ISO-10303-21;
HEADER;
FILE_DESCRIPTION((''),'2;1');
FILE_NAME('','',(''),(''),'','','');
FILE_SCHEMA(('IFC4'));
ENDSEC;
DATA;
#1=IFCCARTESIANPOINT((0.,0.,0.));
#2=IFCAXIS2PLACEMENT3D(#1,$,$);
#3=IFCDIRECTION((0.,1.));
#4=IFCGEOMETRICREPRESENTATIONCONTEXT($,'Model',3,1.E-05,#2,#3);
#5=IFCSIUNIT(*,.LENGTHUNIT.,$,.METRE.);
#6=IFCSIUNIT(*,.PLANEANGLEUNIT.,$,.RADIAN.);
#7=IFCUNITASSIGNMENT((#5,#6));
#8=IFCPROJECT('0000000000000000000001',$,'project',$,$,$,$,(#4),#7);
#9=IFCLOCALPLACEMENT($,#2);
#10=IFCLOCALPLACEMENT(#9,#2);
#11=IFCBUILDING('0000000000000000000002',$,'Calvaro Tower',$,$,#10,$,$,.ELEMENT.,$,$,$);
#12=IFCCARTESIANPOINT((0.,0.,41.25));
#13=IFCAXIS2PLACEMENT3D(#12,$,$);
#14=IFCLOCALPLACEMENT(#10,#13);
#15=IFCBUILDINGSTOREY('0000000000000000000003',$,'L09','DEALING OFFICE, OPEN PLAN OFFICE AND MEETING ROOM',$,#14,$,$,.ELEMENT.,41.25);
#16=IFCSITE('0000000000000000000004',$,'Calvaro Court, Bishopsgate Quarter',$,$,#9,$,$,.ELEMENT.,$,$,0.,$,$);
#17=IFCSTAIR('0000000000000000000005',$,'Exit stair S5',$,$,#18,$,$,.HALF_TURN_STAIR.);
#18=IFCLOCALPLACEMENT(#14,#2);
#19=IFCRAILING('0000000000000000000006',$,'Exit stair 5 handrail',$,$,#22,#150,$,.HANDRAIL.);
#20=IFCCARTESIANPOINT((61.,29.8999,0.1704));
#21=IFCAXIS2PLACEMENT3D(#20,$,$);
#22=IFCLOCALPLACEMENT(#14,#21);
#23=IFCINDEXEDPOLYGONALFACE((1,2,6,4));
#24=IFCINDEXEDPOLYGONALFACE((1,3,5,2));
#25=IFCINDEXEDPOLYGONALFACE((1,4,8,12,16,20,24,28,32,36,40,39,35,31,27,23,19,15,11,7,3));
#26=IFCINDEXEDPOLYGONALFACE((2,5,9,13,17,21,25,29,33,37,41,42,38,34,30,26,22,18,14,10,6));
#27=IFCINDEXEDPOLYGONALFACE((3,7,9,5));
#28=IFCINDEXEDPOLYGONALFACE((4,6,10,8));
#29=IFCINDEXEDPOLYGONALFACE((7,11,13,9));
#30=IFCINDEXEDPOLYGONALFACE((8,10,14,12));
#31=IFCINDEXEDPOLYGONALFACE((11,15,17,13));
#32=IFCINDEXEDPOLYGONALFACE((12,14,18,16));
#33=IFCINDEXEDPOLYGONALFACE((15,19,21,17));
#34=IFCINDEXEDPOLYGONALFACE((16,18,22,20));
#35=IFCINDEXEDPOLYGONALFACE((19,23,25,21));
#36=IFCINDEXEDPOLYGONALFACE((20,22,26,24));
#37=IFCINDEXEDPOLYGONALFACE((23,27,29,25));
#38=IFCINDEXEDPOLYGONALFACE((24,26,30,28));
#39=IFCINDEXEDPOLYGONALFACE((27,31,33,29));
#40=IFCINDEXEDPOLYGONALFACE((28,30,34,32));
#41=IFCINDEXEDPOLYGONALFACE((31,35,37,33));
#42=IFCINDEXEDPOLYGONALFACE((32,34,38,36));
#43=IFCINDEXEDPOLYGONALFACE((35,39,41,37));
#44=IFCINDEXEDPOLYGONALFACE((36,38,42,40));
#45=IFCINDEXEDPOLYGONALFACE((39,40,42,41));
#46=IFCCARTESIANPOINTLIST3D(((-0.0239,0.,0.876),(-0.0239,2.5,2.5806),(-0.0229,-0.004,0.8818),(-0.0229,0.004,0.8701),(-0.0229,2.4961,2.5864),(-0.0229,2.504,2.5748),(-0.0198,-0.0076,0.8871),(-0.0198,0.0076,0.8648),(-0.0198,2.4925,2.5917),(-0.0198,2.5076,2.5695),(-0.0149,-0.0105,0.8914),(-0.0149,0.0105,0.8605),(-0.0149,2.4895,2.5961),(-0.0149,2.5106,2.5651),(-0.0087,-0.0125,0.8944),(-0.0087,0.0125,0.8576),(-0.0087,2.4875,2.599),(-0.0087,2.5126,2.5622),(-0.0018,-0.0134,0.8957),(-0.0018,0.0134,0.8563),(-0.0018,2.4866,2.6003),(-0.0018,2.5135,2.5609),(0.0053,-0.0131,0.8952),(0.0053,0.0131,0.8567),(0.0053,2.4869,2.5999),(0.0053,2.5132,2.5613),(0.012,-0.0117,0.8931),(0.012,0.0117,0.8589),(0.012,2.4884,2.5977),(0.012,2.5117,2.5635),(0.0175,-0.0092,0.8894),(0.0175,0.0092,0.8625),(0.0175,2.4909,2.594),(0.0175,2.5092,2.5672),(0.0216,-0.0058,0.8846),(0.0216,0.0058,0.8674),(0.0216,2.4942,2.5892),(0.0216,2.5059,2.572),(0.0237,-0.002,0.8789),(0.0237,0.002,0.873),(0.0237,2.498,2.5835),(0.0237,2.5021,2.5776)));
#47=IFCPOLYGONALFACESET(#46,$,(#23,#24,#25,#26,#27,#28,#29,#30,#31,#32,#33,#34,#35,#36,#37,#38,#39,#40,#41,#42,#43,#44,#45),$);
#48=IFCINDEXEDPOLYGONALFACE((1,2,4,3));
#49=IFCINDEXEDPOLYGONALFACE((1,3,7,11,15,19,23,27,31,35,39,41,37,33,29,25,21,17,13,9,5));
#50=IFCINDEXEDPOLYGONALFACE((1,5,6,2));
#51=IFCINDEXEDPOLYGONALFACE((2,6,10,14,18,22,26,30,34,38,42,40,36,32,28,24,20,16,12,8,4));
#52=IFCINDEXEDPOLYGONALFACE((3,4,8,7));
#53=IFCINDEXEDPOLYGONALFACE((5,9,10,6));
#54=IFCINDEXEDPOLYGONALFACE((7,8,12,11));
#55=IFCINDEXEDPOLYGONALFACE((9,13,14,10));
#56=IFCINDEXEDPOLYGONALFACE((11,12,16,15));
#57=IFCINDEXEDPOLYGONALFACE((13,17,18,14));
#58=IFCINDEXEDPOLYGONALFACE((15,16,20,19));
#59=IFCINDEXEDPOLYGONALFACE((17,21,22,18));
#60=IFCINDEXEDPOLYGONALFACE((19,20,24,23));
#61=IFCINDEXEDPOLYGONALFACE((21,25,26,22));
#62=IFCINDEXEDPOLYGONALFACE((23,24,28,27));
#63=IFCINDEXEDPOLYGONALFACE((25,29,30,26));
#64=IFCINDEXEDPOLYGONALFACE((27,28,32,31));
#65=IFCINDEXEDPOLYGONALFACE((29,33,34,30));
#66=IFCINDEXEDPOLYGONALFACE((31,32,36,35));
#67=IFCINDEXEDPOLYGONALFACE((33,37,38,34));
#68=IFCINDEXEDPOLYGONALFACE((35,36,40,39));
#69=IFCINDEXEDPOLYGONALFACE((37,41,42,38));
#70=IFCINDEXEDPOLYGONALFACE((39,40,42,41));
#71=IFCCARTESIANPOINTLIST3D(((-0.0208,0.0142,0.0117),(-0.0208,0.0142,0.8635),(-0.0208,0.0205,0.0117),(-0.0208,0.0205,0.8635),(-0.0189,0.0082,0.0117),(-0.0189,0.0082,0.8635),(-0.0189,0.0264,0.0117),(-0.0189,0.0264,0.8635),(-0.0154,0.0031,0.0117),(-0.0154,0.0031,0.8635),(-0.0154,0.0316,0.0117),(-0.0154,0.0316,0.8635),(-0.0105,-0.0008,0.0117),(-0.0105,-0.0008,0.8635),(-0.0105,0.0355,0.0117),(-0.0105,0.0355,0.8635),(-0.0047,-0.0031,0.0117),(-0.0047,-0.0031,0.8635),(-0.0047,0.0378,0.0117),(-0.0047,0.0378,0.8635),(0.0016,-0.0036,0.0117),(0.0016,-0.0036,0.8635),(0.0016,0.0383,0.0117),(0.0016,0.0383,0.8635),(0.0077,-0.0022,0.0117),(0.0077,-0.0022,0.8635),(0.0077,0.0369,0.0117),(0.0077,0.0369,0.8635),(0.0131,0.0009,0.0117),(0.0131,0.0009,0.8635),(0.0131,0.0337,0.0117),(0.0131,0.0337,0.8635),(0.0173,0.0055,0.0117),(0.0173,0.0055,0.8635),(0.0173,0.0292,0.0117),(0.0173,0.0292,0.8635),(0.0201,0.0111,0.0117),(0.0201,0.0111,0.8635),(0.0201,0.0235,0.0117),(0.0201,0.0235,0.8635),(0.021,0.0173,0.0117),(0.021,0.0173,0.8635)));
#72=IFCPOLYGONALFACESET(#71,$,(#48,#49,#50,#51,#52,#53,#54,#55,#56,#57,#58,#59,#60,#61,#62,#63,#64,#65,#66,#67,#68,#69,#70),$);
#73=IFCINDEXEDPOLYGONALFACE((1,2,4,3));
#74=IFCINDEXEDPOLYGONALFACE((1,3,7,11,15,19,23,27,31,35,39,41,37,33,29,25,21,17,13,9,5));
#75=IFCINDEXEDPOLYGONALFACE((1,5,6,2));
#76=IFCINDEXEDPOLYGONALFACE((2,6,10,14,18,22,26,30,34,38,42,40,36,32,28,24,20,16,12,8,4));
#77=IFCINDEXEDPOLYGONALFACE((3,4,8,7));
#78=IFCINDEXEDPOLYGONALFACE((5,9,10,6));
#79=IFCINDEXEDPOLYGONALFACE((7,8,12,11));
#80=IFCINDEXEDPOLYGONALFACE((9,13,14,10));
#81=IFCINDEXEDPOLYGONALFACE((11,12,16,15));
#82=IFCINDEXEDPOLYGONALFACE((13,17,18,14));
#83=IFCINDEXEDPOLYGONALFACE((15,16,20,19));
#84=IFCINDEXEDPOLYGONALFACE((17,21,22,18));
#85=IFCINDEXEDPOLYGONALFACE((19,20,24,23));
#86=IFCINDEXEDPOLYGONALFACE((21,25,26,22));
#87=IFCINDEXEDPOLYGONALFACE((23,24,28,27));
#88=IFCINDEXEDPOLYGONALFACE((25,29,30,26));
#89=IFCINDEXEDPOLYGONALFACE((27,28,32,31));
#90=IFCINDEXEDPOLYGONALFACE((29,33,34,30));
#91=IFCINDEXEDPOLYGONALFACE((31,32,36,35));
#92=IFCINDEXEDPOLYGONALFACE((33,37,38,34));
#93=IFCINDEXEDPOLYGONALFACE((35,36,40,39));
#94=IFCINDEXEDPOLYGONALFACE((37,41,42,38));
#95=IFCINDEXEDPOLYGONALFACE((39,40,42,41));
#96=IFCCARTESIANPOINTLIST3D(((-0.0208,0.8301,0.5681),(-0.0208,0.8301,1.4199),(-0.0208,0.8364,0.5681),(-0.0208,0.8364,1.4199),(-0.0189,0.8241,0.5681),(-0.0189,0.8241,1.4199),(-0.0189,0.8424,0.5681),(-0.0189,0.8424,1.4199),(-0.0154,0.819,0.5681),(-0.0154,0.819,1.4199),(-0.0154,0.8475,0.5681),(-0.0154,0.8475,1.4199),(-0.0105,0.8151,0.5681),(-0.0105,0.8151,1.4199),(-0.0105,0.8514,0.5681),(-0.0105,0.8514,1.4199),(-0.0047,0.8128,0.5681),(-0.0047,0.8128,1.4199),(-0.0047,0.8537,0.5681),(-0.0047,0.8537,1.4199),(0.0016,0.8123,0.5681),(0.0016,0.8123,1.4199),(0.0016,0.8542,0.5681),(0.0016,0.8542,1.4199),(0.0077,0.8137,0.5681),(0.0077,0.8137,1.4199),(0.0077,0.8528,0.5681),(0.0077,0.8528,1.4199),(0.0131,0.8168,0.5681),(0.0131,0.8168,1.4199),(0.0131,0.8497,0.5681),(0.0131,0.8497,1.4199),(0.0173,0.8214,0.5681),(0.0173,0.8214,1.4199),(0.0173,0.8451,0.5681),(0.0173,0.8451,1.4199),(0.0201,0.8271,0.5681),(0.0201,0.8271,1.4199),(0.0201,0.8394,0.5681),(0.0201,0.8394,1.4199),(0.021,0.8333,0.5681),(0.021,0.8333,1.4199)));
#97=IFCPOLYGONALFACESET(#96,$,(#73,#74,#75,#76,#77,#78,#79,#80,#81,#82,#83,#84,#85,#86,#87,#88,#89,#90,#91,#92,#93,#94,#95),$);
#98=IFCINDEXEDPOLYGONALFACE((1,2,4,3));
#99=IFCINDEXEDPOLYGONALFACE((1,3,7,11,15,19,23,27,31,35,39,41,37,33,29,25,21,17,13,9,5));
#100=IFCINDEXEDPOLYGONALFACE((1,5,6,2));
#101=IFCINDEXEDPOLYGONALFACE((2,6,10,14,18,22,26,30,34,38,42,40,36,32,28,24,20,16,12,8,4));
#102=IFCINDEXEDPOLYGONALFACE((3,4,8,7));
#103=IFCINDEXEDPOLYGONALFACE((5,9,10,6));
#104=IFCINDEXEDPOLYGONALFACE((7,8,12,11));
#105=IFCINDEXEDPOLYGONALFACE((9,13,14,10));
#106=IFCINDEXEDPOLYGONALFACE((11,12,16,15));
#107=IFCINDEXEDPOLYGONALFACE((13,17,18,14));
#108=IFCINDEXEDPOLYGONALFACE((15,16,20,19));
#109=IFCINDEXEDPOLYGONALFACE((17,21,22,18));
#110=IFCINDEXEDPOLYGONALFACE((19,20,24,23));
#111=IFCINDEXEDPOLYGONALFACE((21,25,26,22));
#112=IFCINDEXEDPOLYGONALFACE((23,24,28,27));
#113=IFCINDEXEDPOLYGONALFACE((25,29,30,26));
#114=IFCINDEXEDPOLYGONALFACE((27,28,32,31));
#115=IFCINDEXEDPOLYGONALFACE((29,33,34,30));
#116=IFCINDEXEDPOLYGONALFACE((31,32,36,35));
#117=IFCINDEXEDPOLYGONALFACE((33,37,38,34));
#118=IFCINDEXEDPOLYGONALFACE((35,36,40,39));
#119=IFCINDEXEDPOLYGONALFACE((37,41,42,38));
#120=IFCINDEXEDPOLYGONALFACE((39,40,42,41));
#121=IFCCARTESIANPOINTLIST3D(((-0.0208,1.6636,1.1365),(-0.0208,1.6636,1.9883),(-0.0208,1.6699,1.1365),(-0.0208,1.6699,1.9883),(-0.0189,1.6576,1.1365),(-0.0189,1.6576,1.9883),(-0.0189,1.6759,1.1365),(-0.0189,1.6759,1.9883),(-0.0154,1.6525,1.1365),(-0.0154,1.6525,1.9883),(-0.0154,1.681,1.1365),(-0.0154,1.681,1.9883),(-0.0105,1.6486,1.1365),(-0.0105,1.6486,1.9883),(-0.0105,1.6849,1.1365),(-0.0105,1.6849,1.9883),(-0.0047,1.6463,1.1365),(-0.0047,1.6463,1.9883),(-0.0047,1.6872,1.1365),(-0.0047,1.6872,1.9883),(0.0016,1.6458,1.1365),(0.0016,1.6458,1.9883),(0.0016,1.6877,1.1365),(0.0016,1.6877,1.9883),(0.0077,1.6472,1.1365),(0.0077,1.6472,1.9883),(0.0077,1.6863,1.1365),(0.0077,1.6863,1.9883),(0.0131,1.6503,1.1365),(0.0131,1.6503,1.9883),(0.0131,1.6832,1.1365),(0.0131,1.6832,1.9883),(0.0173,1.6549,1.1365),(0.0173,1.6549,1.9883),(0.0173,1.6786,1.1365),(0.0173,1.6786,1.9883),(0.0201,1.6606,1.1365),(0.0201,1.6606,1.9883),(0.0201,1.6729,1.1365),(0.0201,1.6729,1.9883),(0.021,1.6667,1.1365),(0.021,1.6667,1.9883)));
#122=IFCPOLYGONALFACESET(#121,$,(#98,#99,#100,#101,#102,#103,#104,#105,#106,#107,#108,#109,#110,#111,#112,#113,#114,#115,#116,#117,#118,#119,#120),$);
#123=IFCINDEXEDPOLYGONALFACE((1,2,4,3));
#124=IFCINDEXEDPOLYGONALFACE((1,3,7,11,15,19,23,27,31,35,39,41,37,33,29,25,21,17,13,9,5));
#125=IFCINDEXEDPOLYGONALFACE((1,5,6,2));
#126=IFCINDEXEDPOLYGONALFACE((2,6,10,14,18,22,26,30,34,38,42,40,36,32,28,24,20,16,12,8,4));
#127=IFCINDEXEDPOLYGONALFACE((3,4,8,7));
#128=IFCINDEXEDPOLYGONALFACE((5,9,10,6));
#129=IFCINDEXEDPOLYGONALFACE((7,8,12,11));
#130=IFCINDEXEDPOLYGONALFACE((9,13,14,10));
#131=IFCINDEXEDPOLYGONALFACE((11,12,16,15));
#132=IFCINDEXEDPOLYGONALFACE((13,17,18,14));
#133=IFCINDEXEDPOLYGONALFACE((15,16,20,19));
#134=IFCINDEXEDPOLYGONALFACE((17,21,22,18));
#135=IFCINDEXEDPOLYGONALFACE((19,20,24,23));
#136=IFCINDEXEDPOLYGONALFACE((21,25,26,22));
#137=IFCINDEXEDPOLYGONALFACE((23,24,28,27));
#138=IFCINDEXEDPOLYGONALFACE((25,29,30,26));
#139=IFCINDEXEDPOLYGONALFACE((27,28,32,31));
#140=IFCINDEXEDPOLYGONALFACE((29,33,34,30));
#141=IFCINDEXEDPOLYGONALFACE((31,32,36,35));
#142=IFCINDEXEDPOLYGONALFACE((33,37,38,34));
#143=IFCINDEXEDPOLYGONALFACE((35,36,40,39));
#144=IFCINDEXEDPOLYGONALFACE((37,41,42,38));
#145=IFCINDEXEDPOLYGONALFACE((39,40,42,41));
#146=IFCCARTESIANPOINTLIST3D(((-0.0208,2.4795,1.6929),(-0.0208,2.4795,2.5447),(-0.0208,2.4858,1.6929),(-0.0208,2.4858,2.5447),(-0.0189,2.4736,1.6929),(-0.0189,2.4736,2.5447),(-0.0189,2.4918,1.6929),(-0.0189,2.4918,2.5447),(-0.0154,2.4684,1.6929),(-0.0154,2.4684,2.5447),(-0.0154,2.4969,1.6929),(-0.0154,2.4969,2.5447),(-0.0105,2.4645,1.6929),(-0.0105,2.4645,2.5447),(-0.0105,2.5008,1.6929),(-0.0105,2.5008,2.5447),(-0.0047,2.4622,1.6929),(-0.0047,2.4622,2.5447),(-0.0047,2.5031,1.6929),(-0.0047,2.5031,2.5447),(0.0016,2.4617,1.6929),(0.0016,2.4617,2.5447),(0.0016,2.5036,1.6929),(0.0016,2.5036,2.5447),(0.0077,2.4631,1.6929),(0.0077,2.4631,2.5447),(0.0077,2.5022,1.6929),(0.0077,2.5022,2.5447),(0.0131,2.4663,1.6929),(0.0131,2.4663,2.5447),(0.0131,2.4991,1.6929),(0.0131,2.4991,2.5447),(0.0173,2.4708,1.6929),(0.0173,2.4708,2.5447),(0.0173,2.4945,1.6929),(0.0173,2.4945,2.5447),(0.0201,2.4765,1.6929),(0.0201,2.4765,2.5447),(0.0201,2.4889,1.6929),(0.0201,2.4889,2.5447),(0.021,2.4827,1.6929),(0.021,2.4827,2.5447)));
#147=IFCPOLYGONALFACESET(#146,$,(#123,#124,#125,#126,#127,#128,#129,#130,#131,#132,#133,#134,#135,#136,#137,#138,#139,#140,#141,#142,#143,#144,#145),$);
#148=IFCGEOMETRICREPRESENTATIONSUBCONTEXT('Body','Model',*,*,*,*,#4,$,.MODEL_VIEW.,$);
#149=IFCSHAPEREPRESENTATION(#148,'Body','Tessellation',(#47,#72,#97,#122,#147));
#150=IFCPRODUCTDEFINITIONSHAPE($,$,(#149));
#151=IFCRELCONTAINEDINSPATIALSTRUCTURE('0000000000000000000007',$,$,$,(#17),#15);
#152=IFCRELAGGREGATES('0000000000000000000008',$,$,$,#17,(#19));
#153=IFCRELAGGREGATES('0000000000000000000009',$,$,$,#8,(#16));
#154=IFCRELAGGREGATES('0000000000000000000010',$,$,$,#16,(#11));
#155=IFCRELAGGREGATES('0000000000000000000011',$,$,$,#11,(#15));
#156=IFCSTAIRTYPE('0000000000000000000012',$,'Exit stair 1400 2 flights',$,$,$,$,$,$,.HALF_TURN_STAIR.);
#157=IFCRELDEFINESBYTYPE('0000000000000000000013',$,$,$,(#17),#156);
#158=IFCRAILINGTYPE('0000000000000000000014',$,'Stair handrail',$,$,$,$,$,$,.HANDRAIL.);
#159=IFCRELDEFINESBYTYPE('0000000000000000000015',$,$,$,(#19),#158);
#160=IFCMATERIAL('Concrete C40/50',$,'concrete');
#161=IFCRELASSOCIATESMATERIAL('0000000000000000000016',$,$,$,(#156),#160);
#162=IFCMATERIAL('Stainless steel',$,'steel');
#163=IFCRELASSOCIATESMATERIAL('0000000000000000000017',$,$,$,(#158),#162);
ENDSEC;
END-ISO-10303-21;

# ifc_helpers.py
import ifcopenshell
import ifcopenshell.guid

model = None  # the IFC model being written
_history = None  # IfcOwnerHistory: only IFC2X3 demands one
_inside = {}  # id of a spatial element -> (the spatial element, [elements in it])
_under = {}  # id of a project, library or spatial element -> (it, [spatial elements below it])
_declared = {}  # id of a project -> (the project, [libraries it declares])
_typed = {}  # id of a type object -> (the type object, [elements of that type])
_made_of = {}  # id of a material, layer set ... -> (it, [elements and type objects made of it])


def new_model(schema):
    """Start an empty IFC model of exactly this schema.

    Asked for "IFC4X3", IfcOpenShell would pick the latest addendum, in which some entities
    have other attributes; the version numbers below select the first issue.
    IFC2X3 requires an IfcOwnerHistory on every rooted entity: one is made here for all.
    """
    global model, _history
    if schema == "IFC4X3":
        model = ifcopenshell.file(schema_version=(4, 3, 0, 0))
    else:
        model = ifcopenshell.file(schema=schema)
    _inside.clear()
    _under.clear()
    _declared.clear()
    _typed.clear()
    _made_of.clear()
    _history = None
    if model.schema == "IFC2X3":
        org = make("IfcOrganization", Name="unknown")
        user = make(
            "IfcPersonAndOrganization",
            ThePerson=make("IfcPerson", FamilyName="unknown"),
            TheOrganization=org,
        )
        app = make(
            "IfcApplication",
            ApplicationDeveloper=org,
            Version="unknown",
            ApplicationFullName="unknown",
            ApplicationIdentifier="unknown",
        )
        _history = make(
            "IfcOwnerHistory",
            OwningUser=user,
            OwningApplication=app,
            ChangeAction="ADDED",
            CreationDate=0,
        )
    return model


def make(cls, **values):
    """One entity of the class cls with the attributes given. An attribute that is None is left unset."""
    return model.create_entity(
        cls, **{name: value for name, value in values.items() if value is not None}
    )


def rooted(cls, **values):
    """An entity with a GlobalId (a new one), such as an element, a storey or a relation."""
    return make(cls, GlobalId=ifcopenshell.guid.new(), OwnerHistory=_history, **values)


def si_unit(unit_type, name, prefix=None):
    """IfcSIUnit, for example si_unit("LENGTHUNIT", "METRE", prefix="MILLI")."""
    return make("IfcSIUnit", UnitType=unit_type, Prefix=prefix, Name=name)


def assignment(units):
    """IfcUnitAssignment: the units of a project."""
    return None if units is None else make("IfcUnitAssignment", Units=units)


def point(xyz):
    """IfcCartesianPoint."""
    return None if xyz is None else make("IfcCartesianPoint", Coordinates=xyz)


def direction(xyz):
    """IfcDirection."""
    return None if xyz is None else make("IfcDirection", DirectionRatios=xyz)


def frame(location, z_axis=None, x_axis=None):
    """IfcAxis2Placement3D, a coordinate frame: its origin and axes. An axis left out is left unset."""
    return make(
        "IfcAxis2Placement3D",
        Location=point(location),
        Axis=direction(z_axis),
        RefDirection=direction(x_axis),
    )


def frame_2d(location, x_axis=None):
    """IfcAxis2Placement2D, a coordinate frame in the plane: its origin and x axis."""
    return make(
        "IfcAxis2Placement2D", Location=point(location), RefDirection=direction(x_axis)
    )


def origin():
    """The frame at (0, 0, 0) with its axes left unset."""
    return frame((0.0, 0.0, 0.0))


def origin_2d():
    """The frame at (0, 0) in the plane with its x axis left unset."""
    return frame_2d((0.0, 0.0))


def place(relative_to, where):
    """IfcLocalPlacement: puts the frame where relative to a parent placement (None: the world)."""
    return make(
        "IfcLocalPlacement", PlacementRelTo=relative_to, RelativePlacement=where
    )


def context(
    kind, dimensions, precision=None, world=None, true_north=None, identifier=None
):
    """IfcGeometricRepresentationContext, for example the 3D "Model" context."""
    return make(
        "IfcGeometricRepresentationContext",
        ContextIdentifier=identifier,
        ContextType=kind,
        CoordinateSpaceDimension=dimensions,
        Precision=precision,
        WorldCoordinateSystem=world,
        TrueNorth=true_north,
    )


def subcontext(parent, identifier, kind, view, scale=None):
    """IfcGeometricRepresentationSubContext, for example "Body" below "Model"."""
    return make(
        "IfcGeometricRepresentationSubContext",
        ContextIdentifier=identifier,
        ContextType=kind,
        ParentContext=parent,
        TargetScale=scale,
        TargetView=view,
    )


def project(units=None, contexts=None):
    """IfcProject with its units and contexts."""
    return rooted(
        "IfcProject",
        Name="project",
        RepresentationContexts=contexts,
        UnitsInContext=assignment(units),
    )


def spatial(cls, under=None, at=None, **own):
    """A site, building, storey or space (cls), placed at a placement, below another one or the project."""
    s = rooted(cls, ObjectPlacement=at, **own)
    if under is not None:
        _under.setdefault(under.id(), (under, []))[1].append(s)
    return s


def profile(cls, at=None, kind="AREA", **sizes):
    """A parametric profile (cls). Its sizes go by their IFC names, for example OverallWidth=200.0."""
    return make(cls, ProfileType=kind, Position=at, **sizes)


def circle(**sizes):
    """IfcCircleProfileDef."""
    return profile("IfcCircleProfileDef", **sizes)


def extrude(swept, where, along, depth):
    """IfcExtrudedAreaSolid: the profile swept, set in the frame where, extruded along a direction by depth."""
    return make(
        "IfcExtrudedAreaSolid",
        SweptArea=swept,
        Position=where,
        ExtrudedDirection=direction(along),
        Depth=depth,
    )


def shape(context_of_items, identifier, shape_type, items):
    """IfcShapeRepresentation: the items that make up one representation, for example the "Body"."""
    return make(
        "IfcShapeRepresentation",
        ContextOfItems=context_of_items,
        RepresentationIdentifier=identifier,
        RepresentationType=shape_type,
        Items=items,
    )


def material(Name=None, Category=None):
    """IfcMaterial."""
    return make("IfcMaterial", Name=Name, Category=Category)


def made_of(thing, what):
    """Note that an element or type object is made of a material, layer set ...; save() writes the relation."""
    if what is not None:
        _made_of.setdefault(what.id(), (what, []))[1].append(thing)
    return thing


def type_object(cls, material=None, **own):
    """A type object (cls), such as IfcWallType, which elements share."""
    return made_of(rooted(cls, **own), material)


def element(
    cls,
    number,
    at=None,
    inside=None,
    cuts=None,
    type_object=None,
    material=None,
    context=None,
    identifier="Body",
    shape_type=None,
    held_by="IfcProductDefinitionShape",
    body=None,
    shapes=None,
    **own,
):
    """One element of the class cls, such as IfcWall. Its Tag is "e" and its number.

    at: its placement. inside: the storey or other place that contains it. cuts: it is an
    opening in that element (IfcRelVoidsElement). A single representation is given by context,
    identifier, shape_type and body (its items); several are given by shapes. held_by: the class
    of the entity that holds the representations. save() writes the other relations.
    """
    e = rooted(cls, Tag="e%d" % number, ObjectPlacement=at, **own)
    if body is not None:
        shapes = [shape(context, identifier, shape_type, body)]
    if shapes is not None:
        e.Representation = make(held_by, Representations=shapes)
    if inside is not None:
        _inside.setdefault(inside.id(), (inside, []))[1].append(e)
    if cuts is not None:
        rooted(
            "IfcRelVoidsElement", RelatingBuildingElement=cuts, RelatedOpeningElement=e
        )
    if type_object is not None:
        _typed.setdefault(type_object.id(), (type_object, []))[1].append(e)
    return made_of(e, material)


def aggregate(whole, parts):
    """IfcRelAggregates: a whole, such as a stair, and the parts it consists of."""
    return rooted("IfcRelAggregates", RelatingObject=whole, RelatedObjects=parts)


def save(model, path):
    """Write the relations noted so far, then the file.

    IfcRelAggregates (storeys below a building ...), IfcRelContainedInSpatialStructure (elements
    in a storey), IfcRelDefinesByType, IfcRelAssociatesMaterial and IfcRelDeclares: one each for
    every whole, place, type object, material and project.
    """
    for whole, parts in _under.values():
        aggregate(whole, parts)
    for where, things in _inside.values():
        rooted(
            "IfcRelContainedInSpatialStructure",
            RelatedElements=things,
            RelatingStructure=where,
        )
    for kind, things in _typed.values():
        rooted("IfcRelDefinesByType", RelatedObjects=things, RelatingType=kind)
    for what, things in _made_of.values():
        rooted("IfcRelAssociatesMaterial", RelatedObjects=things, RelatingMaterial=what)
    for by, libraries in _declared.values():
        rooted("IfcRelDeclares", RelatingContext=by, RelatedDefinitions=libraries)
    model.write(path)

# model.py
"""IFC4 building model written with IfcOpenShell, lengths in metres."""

from ifc_helpers import new_model, si_unit, direction, frame, origin, origin_2d, place, context, subcontext, project, spatial, circle, extrude, material, type_object, element, aggregate, save


model = new_model("IFC4")

# Units and contexts
model_context = context("Model", 3, precision=1e-05, world=origin(), true_north=direction((0.0, 1.0)))
body_context = subcontext(model_context, "Body", "Model", "MODEL_VIEW")
ifc_project = project(units=[si_unit("LENGTHUNIT", "METRE"), si_unit("PLANEANGLEUNIT", "RADIAN")], contexts=[model_context])

# Site, building, storey
site_placement = place(None, origin())
site = spatial("IfcSite", under=ifc_project, at=site_placement, Name="Calvaro Court, Bishopsgate Quarter", CompositionType="ELEMENT", RefElevation=0.0)
building_placement = place(site_placement, origin())
building = spatial("IfcBuilding", under=site, at=building_placement, Name="Calvaro Tower", CompositionType="ELEMENT")
storey_placement = place(building_placement, frame((0.0, 0.0, 41.25)))
storey = spatial("IfcBuildingStorey", under=building, at=storey_placement, Name="L09", Description="DEALING OFFICE, OPEN PLAN OFFICE AND MEETING ROOM", CompositionType="ELEMENT", Elevation=41.25)

# Stair, railing
ifc_material_1 = material(Name="Concrete C40/50", Category="concrete")
stair_type = type_object("IfcStairType", Name="Exit stair 1400 2 flights", PredefinedType="HALF_TURN_STAIR", material=ifc_material_1)
stair_placement = place(storey_placement, origin())
stair = element("IfcStair", 1, at=stair_placement, inside=storey, type_object=stair_type, Name="Exit stair S5", PredefinedType="HALF_TURN_STAIR")
ifc_material_2 = material(Name="Stainless steel", Category="steel")
railing_type = type_object("IfcRailingType", Name="Stair handrail", PredefinedType="HANDRAIL", material=ifc_material_2)
railing_placement = place(storey_placement, frame((61.0, 29.8999, 0.1704)))
railing = element("IfcRailing", 2, at=railing_placement, type_object=railing_type, Name="Exit stair 5 handrail", PredefinedType="HANDRAIL", context=body_context, shape_type="SweptSolid", body=[
    extrude(circle(Radius=0.0239, at=origin_2d()), frame((0.0, 0.0, 0.876), z_axis=(0.0, 0.826221, 0.563347), x_axis=(-1.0, 0.0, 0.0)), (0.0, 0.0, 1.0), 3.0259),
    extrude(circle(Radius=0.021, at=origin_2d()), frame((0.0, 0.0173, 0.0117)), (0.0, 0.0, 1.0), 0.8518),
    extrude(circle(Radius=0.021, at=origin_2d()), frame((0.0, 0.8333, 0.5681)), (0.0, 0.0, 1.0), 0.8518),
    extrude(circle(Radius=0.021, at=origin_2d()), frame((0.0, 1.6667, 1.1365)), (0.0, 0.0, 1.0), 0.8518),
    extrude(circle(Radius=0.021, at=origin_2d()), frame((0.0, 2.4827, 1.6929)), (0.0, 0.0, 1.0), 0.8518),
])
aggregate(stair, [railing])

save(model, "model.ifc")
